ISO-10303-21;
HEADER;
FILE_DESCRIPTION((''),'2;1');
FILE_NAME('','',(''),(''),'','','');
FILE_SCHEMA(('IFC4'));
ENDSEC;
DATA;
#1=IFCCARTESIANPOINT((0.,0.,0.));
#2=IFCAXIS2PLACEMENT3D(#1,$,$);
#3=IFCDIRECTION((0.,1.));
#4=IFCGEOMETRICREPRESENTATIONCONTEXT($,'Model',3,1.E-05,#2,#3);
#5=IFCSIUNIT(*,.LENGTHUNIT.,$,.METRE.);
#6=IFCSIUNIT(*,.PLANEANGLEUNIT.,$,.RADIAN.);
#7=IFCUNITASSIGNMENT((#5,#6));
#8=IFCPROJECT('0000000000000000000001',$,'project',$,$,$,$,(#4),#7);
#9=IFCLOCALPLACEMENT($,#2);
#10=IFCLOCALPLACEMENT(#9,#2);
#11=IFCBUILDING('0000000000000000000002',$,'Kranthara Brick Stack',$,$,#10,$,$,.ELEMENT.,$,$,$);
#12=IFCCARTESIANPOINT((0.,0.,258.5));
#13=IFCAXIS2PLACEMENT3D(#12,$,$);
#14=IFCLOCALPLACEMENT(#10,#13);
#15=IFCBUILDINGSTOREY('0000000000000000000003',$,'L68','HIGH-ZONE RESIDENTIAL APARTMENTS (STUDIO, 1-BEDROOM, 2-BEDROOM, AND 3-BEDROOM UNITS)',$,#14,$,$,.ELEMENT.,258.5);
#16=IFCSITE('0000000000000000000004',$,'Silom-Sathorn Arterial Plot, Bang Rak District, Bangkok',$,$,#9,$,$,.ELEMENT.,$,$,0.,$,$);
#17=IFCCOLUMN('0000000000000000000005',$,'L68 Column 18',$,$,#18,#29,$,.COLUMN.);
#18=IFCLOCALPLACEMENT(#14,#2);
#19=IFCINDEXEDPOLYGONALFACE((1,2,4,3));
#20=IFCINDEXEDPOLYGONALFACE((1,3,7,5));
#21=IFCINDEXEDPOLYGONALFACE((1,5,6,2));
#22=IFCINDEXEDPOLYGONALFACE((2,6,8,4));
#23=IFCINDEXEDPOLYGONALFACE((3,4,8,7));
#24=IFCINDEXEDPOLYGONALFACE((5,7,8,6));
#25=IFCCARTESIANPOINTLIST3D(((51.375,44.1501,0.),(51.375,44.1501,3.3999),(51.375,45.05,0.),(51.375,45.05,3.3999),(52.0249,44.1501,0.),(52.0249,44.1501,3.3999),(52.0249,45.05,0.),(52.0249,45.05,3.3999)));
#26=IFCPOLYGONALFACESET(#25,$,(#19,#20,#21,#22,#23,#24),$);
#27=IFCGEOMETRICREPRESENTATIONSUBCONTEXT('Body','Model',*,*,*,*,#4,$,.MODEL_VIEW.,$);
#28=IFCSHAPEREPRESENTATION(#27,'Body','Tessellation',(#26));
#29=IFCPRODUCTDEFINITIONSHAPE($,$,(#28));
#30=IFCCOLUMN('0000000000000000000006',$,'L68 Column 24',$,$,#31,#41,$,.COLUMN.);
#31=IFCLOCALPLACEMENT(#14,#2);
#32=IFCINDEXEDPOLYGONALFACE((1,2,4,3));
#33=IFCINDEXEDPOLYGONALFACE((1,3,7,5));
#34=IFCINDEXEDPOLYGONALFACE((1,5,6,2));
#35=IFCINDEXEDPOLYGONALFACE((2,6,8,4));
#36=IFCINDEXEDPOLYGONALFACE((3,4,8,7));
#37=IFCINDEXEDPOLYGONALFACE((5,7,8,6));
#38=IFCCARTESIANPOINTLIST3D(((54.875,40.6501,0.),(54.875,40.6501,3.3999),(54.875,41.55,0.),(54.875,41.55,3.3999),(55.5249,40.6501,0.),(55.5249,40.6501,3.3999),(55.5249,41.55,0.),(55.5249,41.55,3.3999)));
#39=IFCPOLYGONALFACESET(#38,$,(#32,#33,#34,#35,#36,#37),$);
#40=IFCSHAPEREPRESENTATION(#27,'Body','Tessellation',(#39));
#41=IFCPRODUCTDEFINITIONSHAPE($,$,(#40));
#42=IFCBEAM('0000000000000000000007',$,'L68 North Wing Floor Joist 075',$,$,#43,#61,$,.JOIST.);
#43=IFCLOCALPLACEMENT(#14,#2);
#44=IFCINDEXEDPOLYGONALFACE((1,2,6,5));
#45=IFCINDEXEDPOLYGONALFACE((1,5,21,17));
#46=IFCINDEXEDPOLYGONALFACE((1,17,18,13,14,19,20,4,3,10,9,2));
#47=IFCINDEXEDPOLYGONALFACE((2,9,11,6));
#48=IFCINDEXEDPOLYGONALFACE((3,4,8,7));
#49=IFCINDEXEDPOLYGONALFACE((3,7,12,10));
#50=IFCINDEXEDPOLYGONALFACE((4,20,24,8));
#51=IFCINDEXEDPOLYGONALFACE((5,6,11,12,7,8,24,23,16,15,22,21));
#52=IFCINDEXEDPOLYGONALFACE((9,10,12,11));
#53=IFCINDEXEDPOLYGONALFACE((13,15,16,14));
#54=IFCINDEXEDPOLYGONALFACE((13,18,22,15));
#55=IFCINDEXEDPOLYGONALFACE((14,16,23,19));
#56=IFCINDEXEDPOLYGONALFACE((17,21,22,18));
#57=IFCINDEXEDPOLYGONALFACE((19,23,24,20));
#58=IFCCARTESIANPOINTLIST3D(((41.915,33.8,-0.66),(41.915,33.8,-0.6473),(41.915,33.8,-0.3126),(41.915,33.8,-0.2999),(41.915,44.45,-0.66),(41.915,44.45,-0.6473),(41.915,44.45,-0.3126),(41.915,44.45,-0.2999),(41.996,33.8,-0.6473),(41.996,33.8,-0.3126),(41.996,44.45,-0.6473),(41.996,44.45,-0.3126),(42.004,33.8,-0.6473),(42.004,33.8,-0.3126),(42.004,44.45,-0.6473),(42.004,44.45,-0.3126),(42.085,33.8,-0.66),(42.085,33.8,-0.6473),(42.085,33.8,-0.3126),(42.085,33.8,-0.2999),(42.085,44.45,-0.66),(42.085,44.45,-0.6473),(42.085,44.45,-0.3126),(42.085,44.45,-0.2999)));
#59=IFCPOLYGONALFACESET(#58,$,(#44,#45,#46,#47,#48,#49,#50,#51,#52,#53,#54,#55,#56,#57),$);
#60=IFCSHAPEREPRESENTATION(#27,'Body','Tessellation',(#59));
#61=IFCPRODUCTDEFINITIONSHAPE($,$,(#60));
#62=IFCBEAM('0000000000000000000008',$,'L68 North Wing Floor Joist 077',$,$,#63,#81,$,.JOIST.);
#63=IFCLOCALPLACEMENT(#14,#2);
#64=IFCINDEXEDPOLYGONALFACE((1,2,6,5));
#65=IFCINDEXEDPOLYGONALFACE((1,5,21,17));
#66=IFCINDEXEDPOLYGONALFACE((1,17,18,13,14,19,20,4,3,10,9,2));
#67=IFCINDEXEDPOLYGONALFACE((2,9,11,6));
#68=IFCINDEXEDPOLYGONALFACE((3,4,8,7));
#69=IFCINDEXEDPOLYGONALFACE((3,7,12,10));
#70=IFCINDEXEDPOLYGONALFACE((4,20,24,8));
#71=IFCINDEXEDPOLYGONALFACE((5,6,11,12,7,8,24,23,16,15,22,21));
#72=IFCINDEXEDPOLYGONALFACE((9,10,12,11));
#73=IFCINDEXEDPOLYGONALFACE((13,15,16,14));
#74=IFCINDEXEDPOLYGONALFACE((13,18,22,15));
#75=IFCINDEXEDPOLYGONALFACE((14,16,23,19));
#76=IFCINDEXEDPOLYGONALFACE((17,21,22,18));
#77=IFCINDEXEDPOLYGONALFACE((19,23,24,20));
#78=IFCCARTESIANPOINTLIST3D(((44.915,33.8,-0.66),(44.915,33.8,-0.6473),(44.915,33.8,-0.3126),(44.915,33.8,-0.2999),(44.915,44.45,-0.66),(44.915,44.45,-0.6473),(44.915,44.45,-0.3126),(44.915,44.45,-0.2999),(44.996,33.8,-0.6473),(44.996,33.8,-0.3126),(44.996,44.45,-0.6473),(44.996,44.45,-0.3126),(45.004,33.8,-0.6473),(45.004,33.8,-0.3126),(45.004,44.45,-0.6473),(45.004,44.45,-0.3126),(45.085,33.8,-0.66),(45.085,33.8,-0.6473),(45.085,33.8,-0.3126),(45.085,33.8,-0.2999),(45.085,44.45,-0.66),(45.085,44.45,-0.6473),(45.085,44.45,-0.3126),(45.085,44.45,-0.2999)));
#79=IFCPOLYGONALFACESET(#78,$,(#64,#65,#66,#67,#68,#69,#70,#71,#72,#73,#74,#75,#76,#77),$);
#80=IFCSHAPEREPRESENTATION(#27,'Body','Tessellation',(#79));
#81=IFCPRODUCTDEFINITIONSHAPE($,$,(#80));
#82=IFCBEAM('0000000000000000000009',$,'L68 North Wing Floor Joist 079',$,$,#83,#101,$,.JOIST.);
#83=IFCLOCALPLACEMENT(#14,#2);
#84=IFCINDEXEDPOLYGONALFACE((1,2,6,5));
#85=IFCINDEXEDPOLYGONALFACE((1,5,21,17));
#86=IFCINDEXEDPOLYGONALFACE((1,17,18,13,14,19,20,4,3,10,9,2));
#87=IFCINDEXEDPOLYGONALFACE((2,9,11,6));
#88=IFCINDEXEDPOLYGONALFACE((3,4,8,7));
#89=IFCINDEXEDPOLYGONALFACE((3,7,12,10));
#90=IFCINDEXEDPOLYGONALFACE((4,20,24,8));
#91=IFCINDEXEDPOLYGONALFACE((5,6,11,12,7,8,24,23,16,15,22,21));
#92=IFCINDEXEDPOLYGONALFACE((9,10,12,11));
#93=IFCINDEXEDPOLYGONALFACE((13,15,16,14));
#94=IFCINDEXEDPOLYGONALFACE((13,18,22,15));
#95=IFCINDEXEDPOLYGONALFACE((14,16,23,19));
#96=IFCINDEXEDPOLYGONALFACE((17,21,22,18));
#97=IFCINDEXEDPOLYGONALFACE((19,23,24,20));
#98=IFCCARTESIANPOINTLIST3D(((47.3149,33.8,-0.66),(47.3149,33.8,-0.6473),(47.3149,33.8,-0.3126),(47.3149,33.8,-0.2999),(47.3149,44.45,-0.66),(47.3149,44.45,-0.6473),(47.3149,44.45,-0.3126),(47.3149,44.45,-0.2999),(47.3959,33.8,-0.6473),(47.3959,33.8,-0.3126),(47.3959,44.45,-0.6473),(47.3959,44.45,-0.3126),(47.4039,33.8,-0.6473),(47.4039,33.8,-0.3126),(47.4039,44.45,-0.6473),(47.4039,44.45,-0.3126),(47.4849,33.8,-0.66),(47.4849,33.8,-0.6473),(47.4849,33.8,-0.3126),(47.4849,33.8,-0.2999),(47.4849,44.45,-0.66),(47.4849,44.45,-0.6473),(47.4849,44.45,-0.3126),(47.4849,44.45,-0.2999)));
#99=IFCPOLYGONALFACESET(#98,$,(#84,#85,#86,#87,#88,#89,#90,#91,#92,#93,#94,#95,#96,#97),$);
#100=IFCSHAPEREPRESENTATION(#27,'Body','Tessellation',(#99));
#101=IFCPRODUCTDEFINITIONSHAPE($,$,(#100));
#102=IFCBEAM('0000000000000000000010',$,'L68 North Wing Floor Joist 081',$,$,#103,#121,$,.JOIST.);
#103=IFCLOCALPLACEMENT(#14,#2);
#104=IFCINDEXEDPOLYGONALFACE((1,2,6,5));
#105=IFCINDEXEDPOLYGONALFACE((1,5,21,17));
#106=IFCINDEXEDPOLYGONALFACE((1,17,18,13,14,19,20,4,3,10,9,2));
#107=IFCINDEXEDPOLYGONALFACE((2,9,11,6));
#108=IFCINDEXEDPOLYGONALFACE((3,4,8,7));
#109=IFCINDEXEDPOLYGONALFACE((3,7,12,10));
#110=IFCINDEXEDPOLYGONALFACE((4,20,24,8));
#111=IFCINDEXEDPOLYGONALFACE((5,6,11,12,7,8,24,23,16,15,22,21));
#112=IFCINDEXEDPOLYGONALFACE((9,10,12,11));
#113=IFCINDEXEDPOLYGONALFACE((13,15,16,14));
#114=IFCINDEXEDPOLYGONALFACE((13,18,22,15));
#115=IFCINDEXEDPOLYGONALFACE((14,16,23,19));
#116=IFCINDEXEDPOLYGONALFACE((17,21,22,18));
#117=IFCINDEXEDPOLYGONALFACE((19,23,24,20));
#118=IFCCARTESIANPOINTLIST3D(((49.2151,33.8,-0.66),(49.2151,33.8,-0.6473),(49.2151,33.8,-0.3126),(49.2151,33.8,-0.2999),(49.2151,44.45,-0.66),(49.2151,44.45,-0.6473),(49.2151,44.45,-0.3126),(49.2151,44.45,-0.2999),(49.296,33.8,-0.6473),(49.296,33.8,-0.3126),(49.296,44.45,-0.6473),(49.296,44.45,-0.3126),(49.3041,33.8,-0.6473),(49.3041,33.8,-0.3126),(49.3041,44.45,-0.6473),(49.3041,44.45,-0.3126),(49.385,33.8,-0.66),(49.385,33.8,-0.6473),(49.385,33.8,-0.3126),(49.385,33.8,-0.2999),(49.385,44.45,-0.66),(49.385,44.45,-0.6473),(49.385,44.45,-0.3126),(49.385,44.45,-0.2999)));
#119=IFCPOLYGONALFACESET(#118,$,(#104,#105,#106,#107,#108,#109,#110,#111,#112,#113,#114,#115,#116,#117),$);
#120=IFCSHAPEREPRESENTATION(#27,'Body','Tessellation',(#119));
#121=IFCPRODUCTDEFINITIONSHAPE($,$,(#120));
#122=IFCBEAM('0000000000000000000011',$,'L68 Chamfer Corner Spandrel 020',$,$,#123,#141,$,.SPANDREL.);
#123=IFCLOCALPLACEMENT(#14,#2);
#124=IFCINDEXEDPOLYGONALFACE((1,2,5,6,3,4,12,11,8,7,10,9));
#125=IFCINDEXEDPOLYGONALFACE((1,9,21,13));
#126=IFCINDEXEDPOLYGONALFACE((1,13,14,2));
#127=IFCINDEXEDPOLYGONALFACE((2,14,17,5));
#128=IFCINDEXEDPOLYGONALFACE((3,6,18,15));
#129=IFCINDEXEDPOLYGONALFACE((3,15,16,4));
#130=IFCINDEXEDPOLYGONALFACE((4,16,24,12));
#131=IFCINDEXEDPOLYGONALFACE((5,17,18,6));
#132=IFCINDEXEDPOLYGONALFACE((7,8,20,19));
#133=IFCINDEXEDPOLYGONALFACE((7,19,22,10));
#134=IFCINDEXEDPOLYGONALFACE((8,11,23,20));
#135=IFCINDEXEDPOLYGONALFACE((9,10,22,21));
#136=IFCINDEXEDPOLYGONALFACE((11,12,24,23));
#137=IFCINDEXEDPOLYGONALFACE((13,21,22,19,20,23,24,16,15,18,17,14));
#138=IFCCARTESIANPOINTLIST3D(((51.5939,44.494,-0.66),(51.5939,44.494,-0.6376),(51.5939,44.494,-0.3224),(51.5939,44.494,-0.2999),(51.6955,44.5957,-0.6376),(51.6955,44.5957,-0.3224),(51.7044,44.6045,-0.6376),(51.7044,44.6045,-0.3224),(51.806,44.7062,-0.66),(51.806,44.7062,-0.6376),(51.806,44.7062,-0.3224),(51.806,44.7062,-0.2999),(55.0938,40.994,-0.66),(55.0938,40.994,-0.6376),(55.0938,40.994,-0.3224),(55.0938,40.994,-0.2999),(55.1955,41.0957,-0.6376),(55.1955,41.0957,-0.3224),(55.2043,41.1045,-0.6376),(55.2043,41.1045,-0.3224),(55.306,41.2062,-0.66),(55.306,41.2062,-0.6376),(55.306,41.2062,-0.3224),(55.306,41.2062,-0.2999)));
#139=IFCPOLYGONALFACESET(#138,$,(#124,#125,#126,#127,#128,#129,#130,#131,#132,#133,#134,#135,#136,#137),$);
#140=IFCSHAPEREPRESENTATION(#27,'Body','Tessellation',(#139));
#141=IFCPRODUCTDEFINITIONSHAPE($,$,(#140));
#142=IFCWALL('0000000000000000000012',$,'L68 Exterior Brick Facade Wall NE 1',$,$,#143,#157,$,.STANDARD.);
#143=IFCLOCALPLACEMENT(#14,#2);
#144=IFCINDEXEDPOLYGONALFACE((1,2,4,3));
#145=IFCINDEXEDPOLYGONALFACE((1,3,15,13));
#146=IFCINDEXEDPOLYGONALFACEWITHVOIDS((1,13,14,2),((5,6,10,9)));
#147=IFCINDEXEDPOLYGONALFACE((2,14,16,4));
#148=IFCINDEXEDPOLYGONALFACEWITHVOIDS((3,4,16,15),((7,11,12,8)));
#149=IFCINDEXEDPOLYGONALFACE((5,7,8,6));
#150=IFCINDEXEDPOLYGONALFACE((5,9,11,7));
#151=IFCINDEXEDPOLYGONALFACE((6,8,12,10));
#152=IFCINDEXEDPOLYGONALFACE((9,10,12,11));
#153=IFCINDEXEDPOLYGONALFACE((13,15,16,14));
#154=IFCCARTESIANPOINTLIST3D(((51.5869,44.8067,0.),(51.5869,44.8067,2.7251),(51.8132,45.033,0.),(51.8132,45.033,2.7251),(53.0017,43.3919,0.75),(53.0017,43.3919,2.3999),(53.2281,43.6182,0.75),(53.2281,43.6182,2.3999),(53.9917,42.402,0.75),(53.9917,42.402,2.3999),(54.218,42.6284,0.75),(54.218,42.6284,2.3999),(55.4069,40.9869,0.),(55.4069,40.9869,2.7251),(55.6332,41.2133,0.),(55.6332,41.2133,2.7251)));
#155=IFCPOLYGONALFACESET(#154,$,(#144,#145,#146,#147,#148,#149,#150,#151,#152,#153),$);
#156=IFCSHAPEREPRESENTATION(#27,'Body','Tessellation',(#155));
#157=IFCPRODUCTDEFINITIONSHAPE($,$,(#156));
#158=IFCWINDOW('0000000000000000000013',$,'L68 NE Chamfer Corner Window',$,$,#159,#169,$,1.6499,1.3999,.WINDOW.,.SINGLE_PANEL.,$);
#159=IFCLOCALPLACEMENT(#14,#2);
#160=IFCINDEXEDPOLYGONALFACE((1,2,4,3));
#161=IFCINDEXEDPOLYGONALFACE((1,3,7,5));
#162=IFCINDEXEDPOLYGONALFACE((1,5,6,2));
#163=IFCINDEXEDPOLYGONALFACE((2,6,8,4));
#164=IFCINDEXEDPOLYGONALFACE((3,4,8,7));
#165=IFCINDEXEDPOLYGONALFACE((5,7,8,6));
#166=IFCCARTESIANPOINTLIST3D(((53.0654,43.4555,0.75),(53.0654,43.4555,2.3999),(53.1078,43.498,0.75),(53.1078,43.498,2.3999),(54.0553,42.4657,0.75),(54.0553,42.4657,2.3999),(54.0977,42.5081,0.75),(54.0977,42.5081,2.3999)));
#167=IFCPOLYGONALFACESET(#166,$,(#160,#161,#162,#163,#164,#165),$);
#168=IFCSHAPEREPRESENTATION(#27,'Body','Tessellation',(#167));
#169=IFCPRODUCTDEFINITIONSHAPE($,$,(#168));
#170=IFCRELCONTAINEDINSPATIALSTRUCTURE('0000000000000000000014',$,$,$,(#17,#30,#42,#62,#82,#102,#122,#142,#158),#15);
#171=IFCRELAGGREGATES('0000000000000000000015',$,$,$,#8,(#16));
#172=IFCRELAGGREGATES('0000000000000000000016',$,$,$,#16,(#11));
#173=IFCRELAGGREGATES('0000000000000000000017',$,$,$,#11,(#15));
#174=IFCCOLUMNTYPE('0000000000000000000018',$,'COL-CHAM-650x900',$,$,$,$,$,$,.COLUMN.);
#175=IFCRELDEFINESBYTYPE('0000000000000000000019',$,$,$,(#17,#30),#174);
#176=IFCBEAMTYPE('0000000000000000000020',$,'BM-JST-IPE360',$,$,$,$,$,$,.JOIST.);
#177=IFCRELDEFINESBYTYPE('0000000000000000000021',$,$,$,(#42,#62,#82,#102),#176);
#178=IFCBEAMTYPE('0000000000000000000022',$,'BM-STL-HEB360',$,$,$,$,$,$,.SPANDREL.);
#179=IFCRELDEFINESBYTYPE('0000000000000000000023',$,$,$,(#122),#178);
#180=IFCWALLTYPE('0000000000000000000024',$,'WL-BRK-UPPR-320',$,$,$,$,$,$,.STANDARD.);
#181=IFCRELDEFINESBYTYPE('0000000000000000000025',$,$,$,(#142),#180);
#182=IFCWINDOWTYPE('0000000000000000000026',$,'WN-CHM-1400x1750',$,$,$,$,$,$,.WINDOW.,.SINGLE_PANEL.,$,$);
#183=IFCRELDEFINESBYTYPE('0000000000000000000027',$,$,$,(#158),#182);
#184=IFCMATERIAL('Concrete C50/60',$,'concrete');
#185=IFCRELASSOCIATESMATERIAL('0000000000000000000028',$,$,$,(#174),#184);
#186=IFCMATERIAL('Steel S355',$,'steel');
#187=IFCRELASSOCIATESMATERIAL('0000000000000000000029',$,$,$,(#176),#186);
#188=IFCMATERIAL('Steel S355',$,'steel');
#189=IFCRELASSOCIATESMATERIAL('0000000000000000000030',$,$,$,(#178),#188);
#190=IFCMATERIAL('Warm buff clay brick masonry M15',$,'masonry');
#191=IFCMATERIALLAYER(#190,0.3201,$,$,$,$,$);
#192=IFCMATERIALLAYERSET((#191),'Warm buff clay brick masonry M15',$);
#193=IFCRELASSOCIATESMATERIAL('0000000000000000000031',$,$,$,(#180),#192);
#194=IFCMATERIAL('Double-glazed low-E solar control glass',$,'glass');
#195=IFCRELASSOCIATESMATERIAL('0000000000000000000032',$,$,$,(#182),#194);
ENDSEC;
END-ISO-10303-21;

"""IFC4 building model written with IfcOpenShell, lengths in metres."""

from ifc_helpers import new_model, si_unit, direction, frame, frame_2d, origin, origin_2d, place, context, subcontext, project, spatial, rectangle, i_section, extrude, material, layer, layer_set, material_profile, profile_set, type_object, element, fill, save


model = new_model("IFC4")

# Units and contexts
model_context = context("Model", 3, precision=1e-05, world=origin(), true_north=direction((0.0, 1.0)))
body_context = subcontext(model_context, "Body", "Model", "MODEL_VIEW")
ifc_project = project(units=[si_unit("LENGTHUNIT", "METRE"), si_unit("PLANEANGLEUNIT", "RADIAN")], contexts=[model_context])

# Site, building, storey
site_placement = place(None, origin())
site = spatial("IfcSite", under=ifc_project, at=site_placement, Name="Silom-Sathorn Arterial Plot, Bang Rak District, Bangkok", CompositionType="ELEMENT", RefElevation=0.0)
building_placement = place(site_placement, origin())
building = spatial("IfcBuilding", under=site, at=building_placement, Name="Kranthara Brick Stack", CompositionType="ELEMENT")
storey_placement = place(building_placement, frame((0.0, 0.0, 258.5)))
storey = spatial("IfcBuildingStorey", under=building, at=storey_placement, Name="L68", Description="HIGH-ZONE RESIDENTIAL APARTMENTS (STUDIO, 1-BEDROOM, 2-BEDROOM, AND 3-BEDROOM UNITS)", CompositionType="ELEMENT", Elevation=258.5)

# Columns
ifc_material_1 = material(Name="Concrete C50/60", Category="concrete")
ifc_material_profile_1 = material_profile(ifc_material_1, rectangle(XDim=0.6499, YDim=0.8999, at=origin_2d()), Name="RC 650x900")
ifc_profile_set_1 = profile_set([ifc_material_profile_1], Name="Concrete C50/60")
column_type = type_object("IfcColumnType", Name="COL-CHAM-650x900", PredefinedType="COLUMN", material=ifc_profile_set_1)
for number, where, z_axis, x_axis, name in (
    (1, (51.7, 44.6001, 0.0), (0.0, 0.0, 1.0), (1.0, 0.0, 0.0), "L68 Column 18"),
    (2, (55.2, 41.1001, 0.0), (0.0, 0.0, 1.0), (1.0, 0.0, 0.0), "L68 Column 24"),
):
    element("IfcColumn", number, at=place(storey_placement, frame(where, z_axis=z_axis, x_axis=x_axis)), inside=storey, type_object=column_type, Name=name, PredefinedType="COLUMN", context=body_context, shape_type="SweptSolid", body=[
        extrude(rectangle(XDim=0.6499, YDim=0.8999, at=origin_2d()), origin(), (0.0, 0.0, 1.0), 3.3999),
    ])

# Beams
ifc_material_2 = material(Name="Steel S355", Category="steel")
ifc_material_profile_2 = material_profile(ifc_material_2, i_section(OverallWidth=0.1699, OverallDepth=0.3601, WebThickness=0.0081, FlangeThickness=0.0127, at=origin_2d()), Name="IPE 360")
ifc_profile_set_2 = profile_set([ifc_material_profile_2], Name="Steel S355")
beam_type_1 = type_object("IfcBeamType", Name="BM-JST-IPE360", PredefinedType="JOIST", material=ifc_profile_set_2)
for number, where, z_axis, x_axis, name in (
    (3, (42.0, 33.8, -0.48), (0.0, 1.0, 0.0), (-1.0, 0.0, 0.0), "L68 North Wing Floor Joist 075"),
    (4, (45.0, 33.8, -0.48), (0.0, 1.0, 0.0), (-1.0, 0.0, 0.0), "L68 North Wing Floor Joist 077"),
    (5, (47.3999, 33.8, -0.48), (0.0, 1.0, 0.0), (-1.0, 0.0, 0.0), "L68 North Wing Floor Joist 079"),
    (6, (49.3, 33.8, -0.48), (0.0, 1.0, 0.0), (-1.0, 0.0, 0.0), "L68 North Wing Floor Joist 081"),
):
    element("IfcBeam", number, at=place(storey_placement, frame(where, z_axis=z_axis, x_axis=x_axis)), inside=storey, type_object=beam_type_1, Name=name, PredefinedType="JOIST", context=body_context, shape_type="SweptSolid", body=[
        extrude(i_section(OverallWidth=0.1699, OverallDepth=0.3601, WebThickness=0.0081, FlangeThickness=0.0127, at=origin_2d()), origin(), (0.0, 0.0, 1.0), 10.6499),
    ])
ifc_material_3 = material(Name="Steel S355", Category="steel")
ifc_material_profile_3 = material_profile(ifc_material_3, i_section(OverallWidth=0.3, OverallDepth=0.3601, WebThickness=0.0125, FlangeThickness=0.0225, at=origin_2d()), Name="HEB 360")
ifc_profile_set_3 = profile_set([ifc_material_profile_3], Name="Steel S355")
beam_type_2 = type_object("IfcBeamType", Name="BM-STL-HEB360", PredefinedType="SPANDREL", material=ifc_profile_set_3)
beam_placement = place(storey_placement, frame((51.7, 44.6001, -0.48), z_axis=(0.707107, -0.707107, 0.0), x_axis=(0.707107, 0.707107, 0.0)))
element("IfcBeam", 7, at=beam_placement, inside=storey, type_object=beam_type_2, Name="L68 Chamfer Corner Spandrel 020", PredefinedType="SPANDREL", context=body_context, shape_type="SweptSolid", body=[
    extrude(i_section(OverallWidth=0.3, OverallDepth=0.3601, WebThickness=0.0125, FlangeThickness=0.0225, at=origin_2d()), origin(), (0.0, 0.0, 1.0), 4.9497),
])

# Wall, opening, window
ifc_material_4 = material(Name="Warm buff clay brick masonry M15", Category="masonry")
ifc_layer_1 = layer(ifc_material_4, 0.3201)
ifc_layer_set_1 = layer_set([ifc_layer_1], Name="Warm buff clay brick masonry M15")
wall_type_1 = type_object("IfcWallType", Name="WL-BRK-UPPR-320", PredefinedType="STANDARD", material=ifc_layer_set_1)
wall_1_placement = place(storey_placement, frame((51.7, 44.9199, 0.0), z_axis=(0.0, 0.0, 1.0), x_axis=(0.707129, -0.707084, 0.0)))
wall_1 = element("IfcWall", 8, at=wall_1_placement, inside=storey, type_object=wall_type_1, Name="L68 Exterior Brick Facade Wall NE 1", PredefinedType="STANDARD", context=body_context, shape_type="SweptSolid", body=[
    extrude(rectangle(XDim=5.4021, YDim=0.3201, at=frame_2d((2.7012, 0.0))), origin(), (0.0, 0.0, 1.0), 2.7251),
])
opening_1_placement = place(wall_1_placement, frame((2.001, 0.0, 0.75)))
opening_1 = element("IfcOpeningElement", 9, at=opening_1_placement, cuts=wall_1, PredefinedType="OPENING", context=body_context, shape_type="SweptSolid", body=[
    extrude(rectangle(XDim=1.3999, YDim=1.6499, at=frame_2d((0.7, 0.825))), frame((0.0, 0.1699, 0.0), z_axis=(0.0, -1.0, 0.0), x_axis=(1.0, 0.0, 0.0)), (0.0, 0.0, 1.0), 0.3401),
])
ifc_material_5 = material(Name="Double-glazed low-E solar control glass", Category="glass")
window_type_1 = type_object("IfcWindowType", Name="WN-CHM-1400x1750", PartitioningType="SINGLE_PANEL", PredefinedType="WINDOW", material=ifc_material_5)
window_1_placement = place(opening_1_placement, origin())
window_1 = element("IfcWindow", 10, at=window_1_placement, inside=storey, type_object=window_type_1, Name="L68 NE Chamfer Corner Window", OverallHeight=1.6499, OverallWidth=1.3999, PartitioningType="SINGLE_PANEL", PredefinedType="WINDOW", context=body_context, shape_type="SweptSolid", body=[
    extrude(rectangle(XDim=1.3999, YDim=1.6499, at=frame_2d((0.7, 0.825))), frame((0.0, -0.01, 0.0), z_axis=(0.0, -1.0, 0.0), x_axis=(1.0, 0.0, 0.0)), (0.0, 0.0, 1.0), 0.0601),
])
fill(opening_1, window_1)

save(model, "model.ifc")
